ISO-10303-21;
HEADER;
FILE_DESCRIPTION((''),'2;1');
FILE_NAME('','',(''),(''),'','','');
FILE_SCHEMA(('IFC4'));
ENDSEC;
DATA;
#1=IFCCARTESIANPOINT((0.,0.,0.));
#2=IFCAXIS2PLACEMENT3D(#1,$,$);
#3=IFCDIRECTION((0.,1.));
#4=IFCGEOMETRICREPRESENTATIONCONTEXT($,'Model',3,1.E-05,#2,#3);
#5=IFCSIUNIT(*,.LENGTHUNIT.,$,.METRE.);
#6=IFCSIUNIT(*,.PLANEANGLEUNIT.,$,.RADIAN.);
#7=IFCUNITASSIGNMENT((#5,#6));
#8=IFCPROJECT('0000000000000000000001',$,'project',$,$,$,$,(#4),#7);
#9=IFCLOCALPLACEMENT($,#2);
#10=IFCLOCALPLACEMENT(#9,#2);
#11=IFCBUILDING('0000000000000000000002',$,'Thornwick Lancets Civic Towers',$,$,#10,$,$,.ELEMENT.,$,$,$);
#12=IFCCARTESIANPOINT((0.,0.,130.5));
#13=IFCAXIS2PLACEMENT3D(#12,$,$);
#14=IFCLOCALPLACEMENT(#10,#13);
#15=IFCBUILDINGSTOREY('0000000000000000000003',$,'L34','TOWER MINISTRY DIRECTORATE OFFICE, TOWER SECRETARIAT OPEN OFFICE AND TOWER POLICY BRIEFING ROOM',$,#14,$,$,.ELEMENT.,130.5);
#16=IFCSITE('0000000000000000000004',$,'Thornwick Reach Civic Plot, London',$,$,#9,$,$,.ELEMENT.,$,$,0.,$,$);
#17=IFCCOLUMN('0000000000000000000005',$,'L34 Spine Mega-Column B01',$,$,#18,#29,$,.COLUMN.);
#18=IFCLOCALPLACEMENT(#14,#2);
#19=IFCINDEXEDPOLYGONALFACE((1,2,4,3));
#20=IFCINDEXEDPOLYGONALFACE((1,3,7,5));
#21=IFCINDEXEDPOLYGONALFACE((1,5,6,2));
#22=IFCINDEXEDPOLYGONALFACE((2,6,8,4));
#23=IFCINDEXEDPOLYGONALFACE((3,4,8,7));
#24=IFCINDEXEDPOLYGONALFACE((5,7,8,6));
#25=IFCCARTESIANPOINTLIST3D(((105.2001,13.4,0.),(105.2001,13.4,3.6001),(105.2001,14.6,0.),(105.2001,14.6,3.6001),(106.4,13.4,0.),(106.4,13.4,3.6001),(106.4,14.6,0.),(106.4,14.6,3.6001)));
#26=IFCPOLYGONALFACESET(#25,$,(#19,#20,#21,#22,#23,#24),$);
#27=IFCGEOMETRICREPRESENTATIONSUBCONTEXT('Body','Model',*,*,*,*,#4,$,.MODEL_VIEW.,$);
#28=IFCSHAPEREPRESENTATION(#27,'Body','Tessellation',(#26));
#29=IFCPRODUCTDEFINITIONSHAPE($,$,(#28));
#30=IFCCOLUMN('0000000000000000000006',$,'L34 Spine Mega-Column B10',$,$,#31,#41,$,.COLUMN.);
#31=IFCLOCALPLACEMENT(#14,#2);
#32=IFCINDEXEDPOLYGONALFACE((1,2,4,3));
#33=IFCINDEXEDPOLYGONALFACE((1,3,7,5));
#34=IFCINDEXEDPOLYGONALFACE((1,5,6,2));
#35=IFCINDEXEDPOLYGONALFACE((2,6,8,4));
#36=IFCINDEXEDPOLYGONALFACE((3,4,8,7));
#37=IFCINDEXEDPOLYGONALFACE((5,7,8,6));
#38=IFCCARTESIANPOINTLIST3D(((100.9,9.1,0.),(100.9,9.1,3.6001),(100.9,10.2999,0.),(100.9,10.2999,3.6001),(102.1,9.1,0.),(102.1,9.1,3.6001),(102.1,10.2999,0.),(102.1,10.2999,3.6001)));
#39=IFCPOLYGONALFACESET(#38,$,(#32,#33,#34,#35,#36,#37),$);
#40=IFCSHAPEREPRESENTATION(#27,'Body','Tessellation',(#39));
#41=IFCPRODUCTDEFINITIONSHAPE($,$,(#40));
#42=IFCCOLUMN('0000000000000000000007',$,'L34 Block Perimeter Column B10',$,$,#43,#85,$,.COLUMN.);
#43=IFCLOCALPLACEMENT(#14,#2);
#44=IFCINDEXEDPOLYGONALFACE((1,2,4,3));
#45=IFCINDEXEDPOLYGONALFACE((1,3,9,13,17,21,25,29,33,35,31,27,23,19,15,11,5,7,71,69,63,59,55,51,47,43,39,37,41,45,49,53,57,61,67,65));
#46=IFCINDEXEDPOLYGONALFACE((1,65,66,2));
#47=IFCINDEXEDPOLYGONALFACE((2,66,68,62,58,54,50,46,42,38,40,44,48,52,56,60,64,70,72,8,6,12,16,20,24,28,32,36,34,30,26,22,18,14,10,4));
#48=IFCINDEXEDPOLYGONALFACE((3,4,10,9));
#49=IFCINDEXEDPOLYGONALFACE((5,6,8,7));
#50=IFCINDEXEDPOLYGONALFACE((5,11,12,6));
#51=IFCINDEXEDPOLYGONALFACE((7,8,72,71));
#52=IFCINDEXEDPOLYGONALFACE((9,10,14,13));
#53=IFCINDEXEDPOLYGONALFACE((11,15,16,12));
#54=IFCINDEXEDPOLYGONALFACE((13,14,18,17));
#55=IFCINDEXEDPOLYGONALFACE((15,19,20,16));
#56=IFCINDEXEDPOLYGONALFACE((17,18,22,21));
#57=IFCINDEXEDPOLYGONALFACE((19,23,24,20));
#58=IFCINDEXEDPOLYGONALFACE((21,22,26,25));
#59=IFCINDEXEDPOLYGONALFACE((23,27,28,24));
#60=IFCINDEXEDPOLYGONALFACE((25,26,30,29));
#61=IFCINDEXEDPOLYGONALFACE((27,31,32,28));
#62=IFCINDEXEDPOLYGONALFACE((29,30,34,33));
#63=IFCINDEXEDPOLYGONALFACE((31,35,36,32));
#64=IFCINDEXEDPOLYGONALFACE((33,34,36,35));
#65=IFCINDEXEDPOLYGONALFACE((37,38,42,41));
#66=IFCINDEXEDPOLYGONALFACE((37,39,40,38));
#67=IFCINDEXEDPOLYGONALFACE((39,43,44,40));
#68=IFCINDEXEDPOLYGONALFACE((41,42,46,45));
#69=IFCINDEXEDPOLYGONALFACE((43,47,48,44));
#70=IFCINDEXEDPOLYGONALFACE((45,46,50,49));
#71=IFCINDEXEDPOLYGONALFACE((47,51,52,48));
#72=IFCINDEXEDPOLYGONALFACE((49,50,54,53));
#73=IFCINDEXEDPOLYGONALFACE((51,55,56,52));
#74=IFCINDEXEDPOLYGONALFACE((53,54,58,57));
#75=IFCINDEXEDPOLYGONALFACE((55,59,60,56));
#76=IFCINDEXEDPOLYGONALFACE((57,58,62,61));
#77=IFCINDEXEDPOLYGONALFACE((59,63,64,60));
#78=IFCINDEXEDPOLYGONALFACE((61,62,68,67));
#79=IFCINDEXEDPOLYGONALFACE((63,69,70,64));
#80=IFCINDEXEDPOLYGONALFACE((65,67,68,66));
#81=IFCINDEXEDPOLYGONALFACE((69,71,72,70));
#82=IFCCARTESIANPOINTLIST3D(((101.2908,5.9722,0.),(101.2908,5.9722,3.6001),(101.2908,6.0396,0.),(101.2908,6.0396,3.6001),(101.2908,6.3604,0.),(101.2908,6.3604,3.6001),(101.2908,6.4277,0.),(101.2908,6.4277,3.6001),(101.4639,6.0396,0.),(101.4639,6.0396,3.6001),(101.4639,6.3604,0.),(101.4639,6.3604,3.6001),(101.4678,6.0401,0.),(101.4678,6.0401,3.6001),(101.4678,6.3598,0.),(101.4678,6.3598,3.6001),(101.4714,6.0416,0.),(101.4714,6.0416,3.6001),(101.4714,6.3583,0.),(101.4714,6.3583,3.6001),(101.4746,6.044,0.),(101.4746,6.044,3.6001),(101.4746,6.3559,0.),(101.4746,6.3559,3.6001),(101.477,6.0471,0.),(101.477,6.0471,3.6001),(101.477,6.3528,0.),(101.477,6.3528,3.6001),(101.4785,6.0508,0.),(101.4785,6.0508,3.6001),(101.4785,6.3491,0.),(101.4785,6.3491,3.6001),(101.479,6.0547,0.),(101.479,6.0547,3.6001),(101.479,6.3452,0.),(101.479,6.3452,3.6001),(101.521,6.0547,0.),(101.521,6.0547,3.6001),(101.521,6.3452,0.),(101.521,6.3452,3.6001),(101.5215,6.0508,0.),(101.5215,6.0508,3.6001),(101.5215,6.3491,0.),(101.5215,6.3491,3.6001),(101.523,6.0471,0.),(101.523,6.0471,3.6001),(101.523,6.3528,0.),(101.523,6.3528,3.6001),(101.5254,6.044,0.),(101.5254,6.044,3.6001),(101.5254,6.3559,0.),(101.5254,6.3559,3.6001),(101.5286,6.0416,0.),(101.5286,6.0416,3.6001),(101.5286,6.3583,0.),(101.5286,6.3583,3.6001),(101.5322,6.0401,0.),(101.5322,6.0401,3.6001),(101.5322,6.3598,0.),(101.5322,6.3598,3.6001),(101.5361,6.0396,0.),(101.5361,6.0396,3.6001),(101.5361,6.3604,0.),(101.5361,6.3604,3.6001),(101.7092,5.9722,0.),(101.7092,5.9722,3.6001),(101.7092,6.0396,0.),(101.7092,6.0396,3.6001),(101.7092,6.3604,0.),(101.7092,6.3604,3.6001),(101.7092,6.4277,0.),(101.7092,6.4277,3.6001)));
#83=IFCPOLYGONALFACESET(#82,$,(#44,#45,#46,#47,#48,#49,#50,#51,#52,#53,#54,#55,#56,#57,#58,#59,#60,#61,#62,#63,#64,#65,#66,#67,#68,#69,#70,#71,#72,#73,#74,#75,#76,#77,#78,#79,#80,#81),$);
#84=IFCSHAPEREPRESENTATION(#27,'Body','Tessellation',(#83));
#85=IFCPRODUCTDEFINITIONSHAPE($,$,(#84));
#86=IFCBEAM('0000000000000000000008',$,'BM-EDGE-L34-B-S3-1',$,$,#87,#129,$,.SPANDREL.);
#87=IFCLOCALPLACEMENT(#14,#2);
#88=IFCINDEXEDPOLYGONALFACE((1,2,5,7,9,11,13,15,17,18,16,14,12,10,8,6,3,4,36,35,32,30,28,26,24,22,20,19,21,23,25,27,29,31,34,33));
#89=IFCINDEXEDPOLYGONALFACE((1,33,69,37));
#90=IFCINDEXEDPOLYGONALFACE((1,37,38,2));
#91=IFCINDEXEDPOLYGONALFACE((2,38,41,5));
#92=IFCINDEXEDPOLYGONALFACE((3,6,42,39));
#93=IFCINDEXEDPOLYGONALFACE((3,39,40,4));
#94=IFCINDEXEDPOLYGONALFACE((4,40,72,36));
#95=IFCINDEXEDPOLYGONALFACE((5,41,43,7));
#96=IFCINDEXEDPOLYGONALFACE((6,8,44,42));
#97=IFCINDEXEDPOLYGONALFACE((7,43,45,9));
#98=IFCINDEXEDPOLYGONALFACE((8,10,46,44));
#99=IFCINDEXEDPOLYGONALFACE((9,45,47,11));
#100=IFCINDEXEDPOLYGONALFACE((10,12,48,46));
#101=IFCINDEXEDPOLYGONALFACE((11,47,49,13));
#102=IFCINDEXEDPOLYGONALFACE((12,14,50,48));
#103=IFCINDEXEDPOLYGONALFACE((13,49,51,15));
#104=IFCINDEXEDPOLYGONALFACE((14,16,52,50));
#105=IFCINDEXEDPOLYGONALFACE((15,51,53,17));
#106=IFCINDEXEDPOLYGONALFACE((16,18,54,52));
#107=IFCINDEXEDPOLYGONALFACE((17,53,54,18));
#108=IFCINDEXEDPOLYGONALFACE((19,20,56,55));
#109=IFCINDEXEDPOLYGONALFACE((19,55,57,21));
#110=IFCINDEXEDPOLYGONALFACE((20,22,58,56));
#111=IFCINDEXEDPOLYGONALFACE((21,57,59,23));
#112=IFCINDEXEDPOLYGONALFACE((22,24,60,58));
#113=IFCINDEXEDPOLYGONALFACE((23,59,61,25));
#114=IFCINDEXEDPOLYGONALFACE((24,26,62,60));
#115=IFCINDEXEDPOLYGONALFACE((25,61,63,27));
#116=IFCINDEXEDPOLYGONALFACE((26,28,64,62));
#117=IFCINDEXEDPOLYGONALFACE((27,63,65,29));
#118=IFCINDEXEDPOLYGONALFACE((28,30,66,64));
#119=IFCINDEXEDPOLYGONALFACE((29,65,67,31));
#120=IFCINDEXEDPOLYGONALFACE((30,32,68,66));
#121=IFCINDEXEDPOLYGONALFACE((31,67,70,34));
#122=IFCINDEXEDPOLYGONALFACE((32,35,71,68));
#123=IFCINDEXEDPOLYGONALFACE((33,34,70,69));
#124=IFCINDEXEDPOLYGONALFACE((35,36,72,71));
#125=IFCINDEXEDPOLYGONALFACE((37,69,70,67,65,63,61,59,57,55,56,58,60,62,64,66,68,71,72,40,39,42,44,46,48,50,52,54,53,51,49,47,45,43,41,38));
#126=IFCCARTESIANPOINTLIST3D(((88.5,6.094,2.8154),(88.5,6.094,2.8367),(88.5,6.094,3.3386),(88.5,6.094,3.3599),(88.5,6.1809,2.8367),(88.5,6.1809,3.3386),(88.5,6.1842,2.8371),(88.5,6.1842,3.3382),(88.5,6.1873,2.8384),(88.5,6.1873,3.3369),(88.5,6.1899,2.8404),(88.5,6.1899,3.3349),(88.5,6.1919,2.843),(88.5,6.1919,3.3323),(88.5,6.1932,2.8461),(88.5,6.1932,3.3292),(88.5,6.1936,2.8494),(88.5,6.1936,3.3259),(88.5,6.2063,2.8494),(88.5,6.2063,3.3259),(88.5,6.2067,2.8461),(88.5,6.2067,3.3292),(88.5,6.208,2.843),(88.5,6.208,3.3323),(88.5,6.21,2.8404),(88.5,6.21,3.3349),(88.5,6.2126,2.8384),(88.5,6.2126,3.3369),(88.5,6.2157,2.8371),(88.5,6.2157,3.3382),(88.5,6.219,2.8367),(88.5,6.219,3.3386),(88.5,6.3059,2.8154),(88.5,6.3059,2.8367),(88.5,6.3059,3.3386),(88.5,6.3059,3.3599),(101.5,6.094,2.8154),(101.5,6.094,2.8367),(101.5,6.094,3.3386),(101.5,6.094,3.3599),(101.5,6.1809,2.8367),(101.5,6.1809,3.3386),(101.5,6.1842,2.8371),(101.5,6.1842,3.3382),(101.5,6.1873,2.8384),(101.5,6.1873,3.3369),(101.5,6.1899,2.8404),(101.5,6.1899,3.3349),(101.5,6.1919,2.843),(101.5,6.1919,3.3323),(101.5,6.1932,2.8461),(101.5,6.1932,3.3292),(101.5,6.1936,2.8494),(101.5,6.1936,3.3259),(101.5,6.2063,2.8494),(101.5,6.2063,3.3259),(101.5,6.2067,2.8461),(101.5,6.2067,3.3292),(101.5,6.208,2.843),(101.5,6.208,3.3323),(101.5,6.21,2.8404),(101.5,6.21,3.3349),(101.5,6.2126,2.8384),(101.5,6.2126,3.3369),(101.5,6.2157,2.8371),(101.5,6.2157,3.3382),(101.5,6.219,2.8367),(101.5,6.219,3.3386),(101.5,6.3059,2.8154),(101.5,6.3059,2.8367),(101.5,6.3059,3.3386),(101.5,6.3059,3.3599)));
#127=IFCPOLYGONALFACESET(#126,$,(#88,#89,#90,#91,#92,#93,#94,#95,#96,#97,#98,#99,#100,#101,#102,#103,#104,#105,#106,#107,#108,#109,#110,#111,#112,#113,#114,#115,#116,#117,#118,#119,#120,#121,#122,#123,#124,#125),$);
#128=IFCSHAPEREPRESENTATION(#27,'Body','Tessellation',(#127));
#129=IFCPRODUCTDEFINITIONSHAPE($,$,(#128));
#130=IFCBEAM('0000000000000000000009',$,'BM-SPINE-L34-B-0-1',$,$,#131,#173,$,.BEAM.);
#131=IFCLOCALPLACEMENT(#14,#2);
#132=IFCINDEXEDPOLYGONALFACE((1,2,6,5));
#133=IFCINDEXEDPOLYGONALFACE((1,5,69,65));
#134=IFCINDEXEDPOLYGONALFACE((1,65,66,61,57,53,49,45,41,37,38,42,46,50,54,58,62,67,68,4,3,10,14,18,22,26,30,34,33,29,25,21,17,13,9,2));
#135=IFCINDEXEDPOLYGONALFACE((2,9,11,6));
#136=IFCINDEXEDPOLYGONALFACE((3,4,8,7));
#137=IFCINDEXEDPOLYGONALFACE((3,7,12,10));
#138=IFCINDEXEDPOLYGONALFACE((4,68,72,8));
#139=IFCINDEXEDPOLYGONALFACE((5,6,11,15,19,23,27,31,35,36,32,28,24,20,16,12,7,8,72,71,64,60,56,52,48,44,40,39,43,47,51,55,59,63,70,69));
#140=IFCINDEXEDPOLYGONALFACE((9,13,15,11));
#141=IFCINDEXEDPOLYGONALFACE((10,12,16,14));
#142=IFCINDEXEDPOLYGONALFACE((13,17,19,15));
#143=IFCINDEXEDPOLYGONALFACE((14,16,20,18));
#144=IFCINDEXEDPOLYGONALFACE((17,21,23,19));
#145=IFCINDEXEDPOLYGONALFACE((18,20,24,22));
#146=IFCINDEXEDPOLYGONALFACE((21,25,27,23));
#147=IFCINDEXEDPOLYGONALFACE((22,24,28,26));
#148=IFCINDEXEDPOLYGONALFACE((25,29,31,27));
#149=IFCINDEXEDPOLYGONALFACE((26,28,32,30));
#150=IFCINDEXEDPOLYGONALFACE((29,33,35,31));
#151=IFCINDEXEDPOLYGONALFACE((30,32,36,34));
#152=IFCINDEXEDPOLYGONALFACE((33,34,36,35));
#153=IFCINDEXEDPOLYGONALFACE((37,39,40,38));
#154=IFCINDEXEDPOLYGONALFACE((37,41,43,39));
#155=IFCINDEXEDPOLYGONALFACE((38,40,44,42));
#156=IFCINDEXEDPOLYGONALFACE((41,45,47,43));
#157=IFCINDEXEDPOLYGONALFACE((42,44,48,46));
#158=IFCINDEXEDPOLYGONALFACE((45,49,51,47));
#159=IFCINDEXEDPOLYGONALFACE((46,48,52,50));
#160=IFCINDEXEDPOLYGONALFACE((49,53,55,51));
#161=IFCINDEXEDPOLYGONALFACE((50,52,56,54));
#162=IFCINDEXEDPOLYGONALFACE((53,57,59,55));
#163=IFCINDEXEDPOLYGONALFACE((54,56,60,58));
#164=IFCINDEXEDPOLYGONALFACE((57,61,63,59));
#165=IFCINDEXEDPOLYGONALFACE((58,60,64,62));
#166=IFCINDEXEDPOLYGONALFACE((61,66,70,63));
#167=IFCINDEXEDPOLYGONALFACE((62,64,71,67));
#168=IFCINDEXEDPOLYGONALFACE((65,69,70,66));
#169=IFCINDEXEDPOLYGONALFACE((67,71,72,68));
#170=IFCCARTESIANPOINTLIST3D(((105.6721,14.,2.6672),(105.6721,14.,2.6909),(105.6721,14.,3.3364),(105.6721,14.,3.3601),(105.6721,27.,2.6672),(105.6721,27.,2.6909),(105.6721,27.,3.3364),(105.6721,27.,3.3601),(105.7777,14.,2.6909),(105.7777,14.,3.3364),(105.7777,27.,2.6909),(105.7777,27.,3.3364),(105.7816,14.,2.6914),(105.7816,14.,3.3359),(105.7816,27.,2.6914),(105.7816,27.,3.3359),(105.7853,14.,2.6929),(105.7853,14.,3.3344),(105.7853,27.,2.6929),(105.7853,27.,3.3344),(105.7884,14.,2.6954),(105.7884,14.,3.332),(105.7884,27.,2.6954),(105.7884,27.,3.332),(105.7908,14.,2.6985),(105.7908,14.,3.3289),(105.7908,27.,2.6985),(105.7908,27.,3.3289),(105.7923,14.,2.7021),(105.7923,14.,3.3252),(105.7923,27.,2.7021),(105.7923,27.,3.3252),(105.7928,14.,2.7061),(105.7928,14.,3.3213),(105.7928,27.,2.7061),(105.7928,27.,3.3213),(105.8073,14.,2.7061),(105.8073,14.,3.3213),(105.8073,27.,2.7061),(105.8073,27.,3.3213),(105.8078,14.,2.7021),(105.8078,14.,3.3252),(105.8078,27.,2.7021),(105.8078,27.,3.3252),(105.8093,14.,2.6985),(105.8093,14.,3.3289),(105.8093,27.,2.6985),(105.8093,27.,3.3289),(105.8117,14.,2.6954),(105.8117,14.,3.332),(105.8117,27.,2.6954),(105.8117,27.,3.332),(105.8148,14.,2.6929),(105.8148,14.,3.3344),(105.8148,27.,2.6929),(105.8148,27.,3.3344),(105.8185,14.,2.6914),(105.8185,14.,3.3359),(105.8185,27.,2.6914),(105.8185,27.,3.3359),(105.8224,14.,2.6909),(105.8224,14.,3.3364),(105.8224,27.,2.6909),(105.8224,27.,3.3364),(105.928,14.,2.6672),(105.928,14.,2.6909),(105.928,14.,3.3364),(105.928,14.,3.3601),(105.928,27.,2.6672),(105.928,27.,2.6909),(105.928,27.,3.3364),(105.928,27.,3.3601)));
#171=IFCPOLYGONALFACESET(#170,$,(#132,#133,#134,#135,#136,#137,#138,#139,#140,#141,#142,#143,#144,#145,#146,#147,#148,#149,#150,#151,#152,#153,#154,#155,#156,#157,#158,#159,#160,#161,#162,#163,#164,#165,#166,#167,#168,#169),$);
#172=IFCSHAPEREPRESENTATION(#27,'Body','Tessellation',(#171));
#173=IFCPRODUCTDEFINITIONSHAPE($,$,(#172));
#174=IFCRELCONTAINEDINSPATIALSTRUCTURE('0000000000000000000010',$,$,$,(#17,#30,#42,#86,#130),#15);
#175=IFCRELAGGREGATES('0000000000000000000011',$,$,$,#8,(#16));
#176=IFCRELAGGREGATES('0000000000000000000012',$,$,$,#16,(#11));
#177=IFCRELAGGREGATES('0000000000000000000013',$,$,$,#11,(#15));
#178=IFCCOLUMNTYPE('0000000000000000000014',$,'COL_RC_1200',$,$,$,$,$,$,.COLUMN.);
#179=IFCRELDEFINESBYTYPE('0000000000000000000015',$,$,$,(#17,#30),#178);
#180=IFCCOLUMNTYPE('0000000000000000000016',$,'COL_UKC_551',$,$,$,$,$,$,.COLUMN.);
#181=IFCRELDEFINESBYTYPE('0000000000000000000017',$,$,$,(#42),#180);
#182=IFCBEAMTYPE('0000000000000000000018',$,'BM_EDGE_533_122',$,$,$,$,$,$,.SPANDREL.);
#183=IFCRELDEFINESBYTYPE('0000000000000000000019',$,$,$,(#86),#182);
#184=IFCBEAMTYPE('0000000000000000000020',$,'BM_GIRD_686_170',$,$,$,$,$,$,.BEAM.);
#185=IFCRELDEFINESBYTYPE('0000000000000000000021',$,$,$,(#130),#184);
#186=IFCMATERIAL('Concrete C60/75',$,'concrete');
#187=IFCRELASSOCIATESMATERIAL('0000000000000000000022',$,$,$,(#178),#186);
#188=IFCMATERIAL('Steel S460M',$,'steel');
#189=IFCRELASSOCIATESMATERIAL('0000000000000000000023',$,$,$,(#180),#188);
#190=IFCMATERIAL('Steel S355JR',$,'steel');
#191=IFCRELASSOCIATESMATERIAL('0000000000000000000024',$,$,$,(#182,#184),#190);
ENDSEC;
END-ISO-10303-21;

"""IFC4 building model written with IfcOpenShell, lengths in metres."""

from ifc_helpers import new_model, si_unit, direction, frame, origin, origin_2d, place, context, subcontext, project, spatial, rectangle, i_section, extrude, material, material_profile, profile_set, type_object, element, save


model = new_model("IFC4")

# Units and contexts
model_context = context("Model", 3, precision=1e-05, world=origin(), true_north=direction((0.0, 1.0)))
body_context = subcontext(model_context, "Body", "Model", "MODEL_VIEW")
ifc_project = project(units=[si_unit("LENGTHUNIT", "METRE"), si_unit("PLANEANGLEUNIT", "RADIAN")], contexts=[model_context])

# Site, building, storey
site_placement = place(None, origin())
site = spatial("IfcSite", under=ifc_project, at=site_placement, Name="Thornwick Reach Civic Plot, London", CompositionType="ELEMENT", RefElevation=0.0)
building_placement = place(site_placement, origin())
building = spatial("IfcBuilding", under=site, at=building_placement, Name="Thornwick Lancets Civic Towers", CompositionType="ELEMENT")
storey_placement = place(building_placement, frame((0.0, 0.0, 130.5)))
storey = spatial("IfcBuildingStorey", under=building, at=storey_placement, Name="L34", Description="TOWER MINISTRY DIRECTORATE OFFICE, TOWER SECRETARIAT OPEN OFFICE AND TOWER POLICY BRIEFING ROOM", CompositionType="ELEMENT", Elevation=130.5)

# Columns
ifc_material_1 = material(Name="Concrete C60/75", Category="concrete")
ifc_material_profile_1 = material_profile(ifc_material_1, rectangle(XDim=1.2, YDim=1.2, at=origin_2d()), Name="RC 1200x1200")
ifc_profile_set_1 = profile_set([ifc_material_profile_1], Name="Concrete C60/75")
column_type_1 = type_object("IfcColumnType", Name="COL_RC_1200", PredefinedType="COLUMN", material=ifc_profile_set_1)
for number, where, z_axis, x_axis, name in (
    (1, (105.8, 14.0, 0.0), (0.0, 0.0, 1.0), (1.0, 0.0, 0.0), "L34 Spine Mega-Column B01"),
    (2, (101.5, 9.7, 0.0), (0.0, 0.0, 1.0), (1.0, 0.0, 0.0), "L34 Spine Mega-Column B10"),
):
    element("IfcColumn", number, at=place(storey_placement, frame(where, z_axis=z_axis, x_axis=x_axis)), inside=storey, type_object=column_type_1, Name=name, PredefinedType="COLUMN", context=body_context, shape_type="SweptSolid", body=[
        extrude(rectangle(XDim=1.2, YDim=1.2, at=origin_2d()), origin(), (0.0, 0.0, 1.0), 3.6001),
    ])
ifc_material_2 = material(Name="Steel S460M", Category="steel")
ifc_material_profile_2 = material_profile(ifc_material_2, i_section(OverallWidth=0.4185, OverallDepth=0.4556, WebThickness=0.042, FlangeThickness=0.0674, FilletRadius=0.0151, at=origin_2d()), Name="UKC 356x406x551")
ifc_profile_set_2 = profile_set([ifc_material_profile_2], Name="Steel S460M")
column_type_2 = type_object("IfcColumnType", Name="COL_UKC_551", PredefinedType="COLUMN", material=ifc_profile_set_2)
column_placement = place(storey_placement, frame((101.5, 6.2, 0.0), z_axis=(0.0, 0.0, 1.0), x_axis=(1.0, 0.0, 0.0)))
element("IfcColumn", 3, at=column_placement, inside=storey, type_object=column_type_2, Name="L34 Block Perimeter Column B10", PredefinedType="COLUMN", context=body_context, shape_type="SweptSolid", body=[
    extrude(i_section(OverallWidth=0.4185, OverallDepth=0.4556, WebThickness=0.042, FlangeThickness=0.0674, FilletRadius=0.0151, at=origin_2d()), origin(), (0.0, 0.0, 1.0), 3.6001),
])

# Beams
ifc_material_3 = material(Name="Steel S355JR", Category="steel")
ifc_material_profile_3 = material_profile(ifc_material_3, i_section(OverallWidth=0.2119, OverallDepth=0.5444, WebThickness=0.0127, FlangeThickness=0.0212, FilletRadius=0.0127, at=origin_2d()), Name="UKB 533x210x122")
ifc_profile_set_3 = profile_set([ifc_material_profile_3], Name="Steel S355JR")
beam_type_1 = type_object("IfcBeamType", Name="BM_EDGE_533_122", PredefinedType="SPANDREL", material=ifc_profile_set_3)
beam_1_placement = place(storey_placement, frame((101.5, 6.2, 3.0876), z_axis=(-1.0, 0.0, 0.0), x_axis=(0.0, -1.0, 0.0)))
element("IfcBeam", 4, at=beam_1_placement, inside=storey, type_object=beam_type_1, Name="BM-EDGE-L34-B-S3-1", PredefinedType="SPANDREL", context=body_context, shape_type="SweptSolid", body=[
    extrude(i_section(OverallWidth=0.2119, OverallDepth=0.5444, WebThickness=0.0127, FlangeThickness=0.0212, FilletRadius=0.0127, at=origin_2d()), origin(), (0.0, 0.0, 1.0), 13.0),
])
ifc_material_profile_4 = material_profile(ifc_material_3, i_section(OverallWidth=0.2559, OverallDepth=0.6929, WebThickness=0.0144, FlangeThickness=0.0237, FilletRadius=0.0151, at=origin_2d()), Name="UKB 686x254x170")
ifc_profile_set_4 = profile_set([ifc_material_profile_4], Name="Steel S355JR")
beam_type_2 = type_object("IfcBeamType", Name="BM_GIRD_686_170", PredefinedType="BEAM", material=ifc_profile_set_4)
for number, where, z_axis, x_axis, name in (
    (5, (105.8, 14.0, 3.0137), (0.0, 1.0, 0.0), (-1.0, 0.0, 0.0), "BM-SPINE-L34-B-0-1"),
):
    element("IfcBeam", number, at=place(storey_placement, frame(where, z_axis=z_axis, x_axis=x_axis)), inside=storey, type_object=beam_type_2, Name=name, PredefinedType="BEAM", context=body_context, shape_type="SweptSolid", body=[
        extrude(i_section(OverallWidth=0.2559, OverallDepth=0.6929, WebThickness=0.0144, FlangeThickness=0.0237, FilletRadius=0.0151, at=origin_2d()), origin(), (0.0, 0.0, 1.0), 13.0),
    ])

save(model, "model.ifc")
